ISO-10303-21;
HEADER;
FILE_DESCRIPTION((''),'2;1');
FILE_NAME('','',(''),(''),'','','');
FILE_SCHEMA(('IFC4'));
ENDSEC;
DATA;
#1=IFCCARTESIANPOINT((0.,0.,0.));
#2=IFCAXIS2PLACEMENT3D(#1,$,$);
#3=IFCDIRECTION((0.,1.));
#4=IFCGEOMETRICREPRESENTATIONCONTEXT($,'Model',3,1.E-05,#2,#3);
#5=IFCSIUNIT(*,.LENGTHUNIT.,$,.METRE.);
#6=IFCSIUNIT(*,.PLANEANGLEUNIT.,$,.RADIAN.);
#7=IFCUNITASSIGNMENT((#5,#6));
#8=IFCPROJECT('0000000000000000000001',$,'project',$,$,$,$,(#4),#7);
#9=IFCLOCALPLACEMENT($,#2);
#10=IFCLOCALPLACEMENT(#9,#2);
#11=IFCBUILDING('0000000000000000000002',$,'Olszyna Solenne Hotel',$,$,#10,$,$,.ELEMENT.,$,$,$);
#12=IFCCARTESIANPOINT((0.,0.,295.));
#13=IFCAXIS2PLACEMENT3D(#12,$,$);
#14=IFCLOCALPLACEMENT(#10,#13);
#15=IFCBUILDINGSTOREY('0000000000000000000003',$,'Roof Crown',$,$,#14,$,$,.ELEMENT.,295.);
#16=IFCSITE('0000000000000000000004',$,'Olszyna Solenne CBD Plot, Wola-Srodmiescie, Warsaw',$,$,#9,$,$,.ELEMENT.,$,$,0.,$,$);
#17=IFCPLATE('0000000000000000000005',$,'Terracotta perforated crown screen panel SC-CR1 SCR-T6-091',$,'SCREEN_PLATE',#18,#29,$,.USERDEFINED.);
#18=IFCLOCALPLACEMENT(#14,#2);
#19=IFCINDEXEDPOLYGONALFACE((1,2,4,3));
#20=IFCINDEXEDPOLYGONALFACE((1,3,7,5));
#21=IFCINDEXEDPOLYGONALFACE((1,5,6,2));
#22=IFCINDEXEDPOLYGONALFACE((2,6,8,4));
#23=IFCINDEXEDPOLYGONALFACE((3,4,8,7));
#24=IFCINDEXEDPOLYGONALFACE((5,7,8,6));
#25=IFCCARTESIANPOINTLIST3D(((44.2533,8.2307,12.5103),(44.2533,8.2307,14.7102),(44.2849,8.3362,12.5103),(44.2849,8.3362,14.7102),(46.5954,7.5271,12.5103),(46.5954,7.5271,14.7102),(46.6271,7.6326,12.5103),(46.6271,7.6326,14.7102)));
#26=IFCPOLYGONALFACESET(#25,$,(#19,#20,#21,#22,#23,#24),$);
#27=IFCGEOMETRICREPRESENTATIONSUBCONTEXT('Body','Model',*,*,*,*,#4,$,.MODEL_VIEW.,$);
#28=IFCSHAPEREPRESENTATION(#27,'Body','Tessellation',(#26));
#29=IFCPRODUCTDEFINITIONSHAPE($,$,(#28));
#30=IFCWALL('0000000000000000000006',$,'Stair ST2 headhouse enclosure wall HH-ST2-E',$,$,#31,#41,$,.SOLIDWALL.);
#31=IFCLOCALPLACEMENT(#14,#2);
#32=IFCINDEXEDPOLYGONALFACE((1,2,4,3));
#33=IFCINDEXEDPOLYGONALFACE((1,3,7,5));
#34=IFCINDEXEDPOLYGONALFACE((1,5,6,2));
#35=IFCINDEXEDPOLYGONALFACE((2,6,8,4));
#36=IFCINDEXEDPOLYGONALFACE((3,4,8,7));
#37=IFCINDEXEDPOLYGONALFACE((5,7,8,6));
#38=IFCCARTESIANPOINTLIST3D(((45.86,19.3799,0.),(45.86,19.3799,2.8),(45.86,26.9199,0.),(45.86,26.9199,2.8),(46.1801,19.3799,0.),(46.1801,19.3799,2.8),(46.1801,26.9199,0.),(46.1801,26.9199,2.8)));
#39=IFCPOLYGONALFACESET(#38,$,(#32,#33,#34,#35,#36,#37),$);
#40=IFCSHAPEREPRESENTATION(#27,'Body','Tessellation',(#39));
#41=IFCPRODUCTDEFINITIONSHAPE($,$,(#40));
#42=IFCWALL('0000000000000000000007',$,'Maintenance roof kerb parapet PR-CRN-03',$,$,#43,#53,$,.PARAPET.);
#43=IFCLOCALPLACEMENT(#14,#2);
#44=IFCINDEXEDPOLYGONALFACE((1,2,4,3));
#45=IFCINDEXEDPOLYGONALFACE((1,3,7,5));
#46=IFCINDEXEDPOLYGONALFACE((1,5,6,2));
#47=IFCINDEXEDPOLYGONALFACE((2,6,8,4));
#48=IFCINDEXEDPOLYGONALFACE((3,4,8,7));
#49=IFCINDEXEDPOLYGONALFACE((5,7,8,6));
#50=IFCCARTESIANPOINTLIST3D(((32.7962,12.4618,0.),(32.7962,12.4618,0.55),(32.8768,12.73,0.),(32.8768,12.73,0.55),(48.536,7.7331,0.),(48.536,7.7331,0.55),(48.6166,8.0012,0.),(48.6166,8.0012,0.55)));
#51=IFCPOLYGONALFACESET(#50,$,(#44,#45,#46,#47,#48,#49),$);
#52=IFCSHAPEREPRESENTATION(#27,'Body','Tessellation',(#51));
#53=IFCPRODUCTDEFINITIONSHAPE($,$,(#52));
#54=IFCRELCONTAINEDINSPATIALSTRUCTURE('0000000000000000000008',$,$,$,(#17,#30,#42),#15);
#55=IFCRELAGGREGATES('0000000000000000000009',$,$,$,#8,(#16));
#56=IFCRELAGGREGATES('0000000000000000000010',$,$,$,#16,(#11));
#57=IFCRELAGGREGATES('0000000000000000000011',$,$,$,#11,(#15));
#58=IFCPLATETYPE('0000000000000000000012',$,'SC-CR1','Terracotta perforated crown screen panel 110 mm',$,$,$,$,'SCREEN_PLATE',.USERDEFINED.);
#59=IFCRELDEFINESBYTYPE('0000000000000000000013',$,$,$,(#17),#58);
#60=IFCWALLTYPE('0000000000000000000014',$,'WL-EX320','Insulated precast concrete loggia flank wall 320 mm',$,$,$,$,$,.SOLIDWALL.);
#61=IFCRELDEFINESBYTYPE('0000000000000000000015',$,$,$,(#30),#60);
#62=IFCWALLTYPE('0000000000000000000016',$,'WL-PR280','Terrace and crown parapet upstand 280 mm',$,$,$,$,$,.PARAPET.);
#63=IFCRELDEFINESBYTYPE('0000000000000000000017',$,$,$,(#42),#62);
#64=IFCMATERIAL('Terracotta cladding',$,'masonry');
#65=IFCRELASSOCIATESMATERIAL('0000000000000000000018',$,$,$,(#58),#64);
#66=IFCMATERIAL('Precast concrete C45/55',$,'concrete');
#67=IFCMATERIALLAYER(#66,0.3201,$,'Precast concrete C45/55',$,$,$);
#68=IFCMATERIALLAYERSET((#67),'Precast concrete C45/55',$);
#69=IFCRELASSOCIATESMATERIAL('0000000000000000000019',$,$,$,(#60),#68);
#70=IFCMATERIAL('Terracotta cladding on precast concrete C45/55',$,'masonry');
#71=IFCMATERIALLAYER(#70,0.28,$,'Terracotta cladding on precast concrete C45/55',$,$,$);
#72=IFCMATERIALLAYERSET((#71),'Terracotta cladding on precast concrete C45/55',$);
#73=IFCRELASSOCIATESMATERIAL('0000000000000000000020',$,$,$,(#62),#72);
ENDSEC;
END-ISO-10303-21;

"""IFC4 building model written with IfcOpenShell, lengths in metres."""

from ifc_helpers import new_model, si_unit, direction, frame, frame_2d, origin, origin_2d, place, context, subcontext, project, spatial, rectangle, extrude, source, transform, mapped, material, layer, layer_set, type_object, element, save


model = new_model("IFC4")

# Units and contexts
model_context = context("Model", 3, precision=1e-05, world=origin(), true_north=direction((0.0, 1.0)))
body_context = subcontext(model_context, "Body", "Model", "MODEL_VIEW")
ifc_project = project(units=[si_unit("LENGTHUNIT", "METRE"), si_unit("PLANEANGLEUNIT", "RADIAN")], contexts=[model_context])

# Site, building, storey
site_placement = place(None, origin())
site = spatial("IfcSite", under=ifc_project, at=site_placement, Name="Olszyna Solenne CBD Plot, Wola-Srodmiescie, Warsaw", CompositionType="ELEMENT", RefElevation=0.0)
building_placement = place(site_placement, origin())
building = spatial("IfcBuilding", under=site, at=building_placement, Name="Olszyna Solenne Hotel", CompositionType="ELEMENT")
storey_placement = place(building_placement, frame((0.0, 0.0, 295.0)))
storey = spatial("IfcBuildingStorey", under=building, at=storey_placement, Name="Roof Crown", CompositionType="ELEMENT", Elevation=295.0)

# Plate
ifc_material_1 = material(Name="Terracotta cladding", Category="masonry")
plate_type_1 = type_object("IfcPlateType", Name="SC-CR1", Description="Terracotta perforated crown screen panel 110 mm", ElementType="SCREEN_PLATE", PredefinedType="USERDEFINED", material=ifc_material_1)
shared_shape_1 = source(origin(), body_context, "Body", "SweptSolid", [
    extrude(rectangle(XDim=2.4456, YDim=0.1101, at=origin_2d()), origin(), (0.0, 0.0, 1.0), 2.2),
])
for number, where, z_axis, x_axis, name in (
    (1, (45.4402, 7.9316, 12.5103), (0.0, 0.0, 1.0), (-0.957722, 0.287695, 0.0), "Terracotta perforated crown screen panel SC-CR1 SCR-T6-091"),
):
    element("IfcPlate", number, at=place(storey_placement, frame(where, z_axis=z_axis, x_axis=x_axis)), inside=storey, type_object=plate_type_1, Name=name, ObjectType="SCREEN_PLATE", PredefinedType="USERDEFINED", context=body_context, shape_type="MappedRepresentation", body=[
        mapped(shared_shape_1, transform((0.0, 0.0, 0.0), x_axis=(1.0, 0.0, 0.0), y_axis=(0.0, 1.0, 0.0), z_axis=(0.0, 0.0, 1.0), scale=1.0)),
    ])

# Walls
ifc_material_2 = material(Name="Precast concrete C45/55", Category="concrete")
ifc_layer_1 = layer(ifc_material_2, 0.3201, Name="Precast concrete C45/55")
ifc_layer_set_1 = layer_set([ifc_layer_1], Name="Precast concrete C45/55")
wall_type_1 = type_object("IfcWallType", Name="WL-EX320", Description="Insulated precast concrete loggia flank wall 320 mm", PredefinedType="SOLIDWALL", material=ifc_layer_set_1)
wall_1_placement = place(storey_placement, frame((46.02, 19.3799, 0.0), z_axis=(0.0, 0.0, 1.0), x_axis=(0.0, 1.0, 0.0)))
element("IfcWall", 2, at=wall_1_placement, inside=storey, type_object=wall_type_1, Name="Stair ST2 headhouse enclosure wall HH-ST2-E", PredefinedType="SOLIDWALL", context=body_context, shape_type="SweptSolid", body=[
    extrude(rectangle(XDim=7.54, YDim=0.3201, at=frame_2d((3.77, 0.0))), origin(), (0.0, 0.0, 1.0), 2.8),
])
ifc_material_3 = material(Name="Terracotta cladding on precast concrete C45/55", Category="masonry")
ifc_layer_2 = layer(ifc_material_3, 0.28, Name="Terracotta cladding on precast concrete C45/55")
ifc_layer_set_2 = layer_set([ifc_layer_2], Name="Terracotta cladding on precast concrete C45/55")
wall_type_2 = type_object("IfcWallType", Name="WL-PR280", Description="Terrace and crown parapet upstand 280 mm", PredefinedType="PARAPET", material=ifc_layer_set_2)
wall_2_placement = place(storey_placement, frame((48.5762, 7.8672, 0.0), z_axis=(0.0, 0.0, 1.0), x_axis=(-0.957712, 0.287729, 0.0)))
element("IfcWall", 3, at=wall_2_placement, inside=storey, type_object=wall_type_2, Name="Maintenance roof kerb parapet PR-CRN-03", PredefinedType="PARAPET", context=body_context, shape_type="SweptSolid", body=[
    extrude(rectangle(XDim=16.4348, YDim=0.28, at=frame_2d((8.2173, 0.0))), origin(), (0.0, 0.0, 1.0), 0.55),
])

save(model, "model.ifc")
